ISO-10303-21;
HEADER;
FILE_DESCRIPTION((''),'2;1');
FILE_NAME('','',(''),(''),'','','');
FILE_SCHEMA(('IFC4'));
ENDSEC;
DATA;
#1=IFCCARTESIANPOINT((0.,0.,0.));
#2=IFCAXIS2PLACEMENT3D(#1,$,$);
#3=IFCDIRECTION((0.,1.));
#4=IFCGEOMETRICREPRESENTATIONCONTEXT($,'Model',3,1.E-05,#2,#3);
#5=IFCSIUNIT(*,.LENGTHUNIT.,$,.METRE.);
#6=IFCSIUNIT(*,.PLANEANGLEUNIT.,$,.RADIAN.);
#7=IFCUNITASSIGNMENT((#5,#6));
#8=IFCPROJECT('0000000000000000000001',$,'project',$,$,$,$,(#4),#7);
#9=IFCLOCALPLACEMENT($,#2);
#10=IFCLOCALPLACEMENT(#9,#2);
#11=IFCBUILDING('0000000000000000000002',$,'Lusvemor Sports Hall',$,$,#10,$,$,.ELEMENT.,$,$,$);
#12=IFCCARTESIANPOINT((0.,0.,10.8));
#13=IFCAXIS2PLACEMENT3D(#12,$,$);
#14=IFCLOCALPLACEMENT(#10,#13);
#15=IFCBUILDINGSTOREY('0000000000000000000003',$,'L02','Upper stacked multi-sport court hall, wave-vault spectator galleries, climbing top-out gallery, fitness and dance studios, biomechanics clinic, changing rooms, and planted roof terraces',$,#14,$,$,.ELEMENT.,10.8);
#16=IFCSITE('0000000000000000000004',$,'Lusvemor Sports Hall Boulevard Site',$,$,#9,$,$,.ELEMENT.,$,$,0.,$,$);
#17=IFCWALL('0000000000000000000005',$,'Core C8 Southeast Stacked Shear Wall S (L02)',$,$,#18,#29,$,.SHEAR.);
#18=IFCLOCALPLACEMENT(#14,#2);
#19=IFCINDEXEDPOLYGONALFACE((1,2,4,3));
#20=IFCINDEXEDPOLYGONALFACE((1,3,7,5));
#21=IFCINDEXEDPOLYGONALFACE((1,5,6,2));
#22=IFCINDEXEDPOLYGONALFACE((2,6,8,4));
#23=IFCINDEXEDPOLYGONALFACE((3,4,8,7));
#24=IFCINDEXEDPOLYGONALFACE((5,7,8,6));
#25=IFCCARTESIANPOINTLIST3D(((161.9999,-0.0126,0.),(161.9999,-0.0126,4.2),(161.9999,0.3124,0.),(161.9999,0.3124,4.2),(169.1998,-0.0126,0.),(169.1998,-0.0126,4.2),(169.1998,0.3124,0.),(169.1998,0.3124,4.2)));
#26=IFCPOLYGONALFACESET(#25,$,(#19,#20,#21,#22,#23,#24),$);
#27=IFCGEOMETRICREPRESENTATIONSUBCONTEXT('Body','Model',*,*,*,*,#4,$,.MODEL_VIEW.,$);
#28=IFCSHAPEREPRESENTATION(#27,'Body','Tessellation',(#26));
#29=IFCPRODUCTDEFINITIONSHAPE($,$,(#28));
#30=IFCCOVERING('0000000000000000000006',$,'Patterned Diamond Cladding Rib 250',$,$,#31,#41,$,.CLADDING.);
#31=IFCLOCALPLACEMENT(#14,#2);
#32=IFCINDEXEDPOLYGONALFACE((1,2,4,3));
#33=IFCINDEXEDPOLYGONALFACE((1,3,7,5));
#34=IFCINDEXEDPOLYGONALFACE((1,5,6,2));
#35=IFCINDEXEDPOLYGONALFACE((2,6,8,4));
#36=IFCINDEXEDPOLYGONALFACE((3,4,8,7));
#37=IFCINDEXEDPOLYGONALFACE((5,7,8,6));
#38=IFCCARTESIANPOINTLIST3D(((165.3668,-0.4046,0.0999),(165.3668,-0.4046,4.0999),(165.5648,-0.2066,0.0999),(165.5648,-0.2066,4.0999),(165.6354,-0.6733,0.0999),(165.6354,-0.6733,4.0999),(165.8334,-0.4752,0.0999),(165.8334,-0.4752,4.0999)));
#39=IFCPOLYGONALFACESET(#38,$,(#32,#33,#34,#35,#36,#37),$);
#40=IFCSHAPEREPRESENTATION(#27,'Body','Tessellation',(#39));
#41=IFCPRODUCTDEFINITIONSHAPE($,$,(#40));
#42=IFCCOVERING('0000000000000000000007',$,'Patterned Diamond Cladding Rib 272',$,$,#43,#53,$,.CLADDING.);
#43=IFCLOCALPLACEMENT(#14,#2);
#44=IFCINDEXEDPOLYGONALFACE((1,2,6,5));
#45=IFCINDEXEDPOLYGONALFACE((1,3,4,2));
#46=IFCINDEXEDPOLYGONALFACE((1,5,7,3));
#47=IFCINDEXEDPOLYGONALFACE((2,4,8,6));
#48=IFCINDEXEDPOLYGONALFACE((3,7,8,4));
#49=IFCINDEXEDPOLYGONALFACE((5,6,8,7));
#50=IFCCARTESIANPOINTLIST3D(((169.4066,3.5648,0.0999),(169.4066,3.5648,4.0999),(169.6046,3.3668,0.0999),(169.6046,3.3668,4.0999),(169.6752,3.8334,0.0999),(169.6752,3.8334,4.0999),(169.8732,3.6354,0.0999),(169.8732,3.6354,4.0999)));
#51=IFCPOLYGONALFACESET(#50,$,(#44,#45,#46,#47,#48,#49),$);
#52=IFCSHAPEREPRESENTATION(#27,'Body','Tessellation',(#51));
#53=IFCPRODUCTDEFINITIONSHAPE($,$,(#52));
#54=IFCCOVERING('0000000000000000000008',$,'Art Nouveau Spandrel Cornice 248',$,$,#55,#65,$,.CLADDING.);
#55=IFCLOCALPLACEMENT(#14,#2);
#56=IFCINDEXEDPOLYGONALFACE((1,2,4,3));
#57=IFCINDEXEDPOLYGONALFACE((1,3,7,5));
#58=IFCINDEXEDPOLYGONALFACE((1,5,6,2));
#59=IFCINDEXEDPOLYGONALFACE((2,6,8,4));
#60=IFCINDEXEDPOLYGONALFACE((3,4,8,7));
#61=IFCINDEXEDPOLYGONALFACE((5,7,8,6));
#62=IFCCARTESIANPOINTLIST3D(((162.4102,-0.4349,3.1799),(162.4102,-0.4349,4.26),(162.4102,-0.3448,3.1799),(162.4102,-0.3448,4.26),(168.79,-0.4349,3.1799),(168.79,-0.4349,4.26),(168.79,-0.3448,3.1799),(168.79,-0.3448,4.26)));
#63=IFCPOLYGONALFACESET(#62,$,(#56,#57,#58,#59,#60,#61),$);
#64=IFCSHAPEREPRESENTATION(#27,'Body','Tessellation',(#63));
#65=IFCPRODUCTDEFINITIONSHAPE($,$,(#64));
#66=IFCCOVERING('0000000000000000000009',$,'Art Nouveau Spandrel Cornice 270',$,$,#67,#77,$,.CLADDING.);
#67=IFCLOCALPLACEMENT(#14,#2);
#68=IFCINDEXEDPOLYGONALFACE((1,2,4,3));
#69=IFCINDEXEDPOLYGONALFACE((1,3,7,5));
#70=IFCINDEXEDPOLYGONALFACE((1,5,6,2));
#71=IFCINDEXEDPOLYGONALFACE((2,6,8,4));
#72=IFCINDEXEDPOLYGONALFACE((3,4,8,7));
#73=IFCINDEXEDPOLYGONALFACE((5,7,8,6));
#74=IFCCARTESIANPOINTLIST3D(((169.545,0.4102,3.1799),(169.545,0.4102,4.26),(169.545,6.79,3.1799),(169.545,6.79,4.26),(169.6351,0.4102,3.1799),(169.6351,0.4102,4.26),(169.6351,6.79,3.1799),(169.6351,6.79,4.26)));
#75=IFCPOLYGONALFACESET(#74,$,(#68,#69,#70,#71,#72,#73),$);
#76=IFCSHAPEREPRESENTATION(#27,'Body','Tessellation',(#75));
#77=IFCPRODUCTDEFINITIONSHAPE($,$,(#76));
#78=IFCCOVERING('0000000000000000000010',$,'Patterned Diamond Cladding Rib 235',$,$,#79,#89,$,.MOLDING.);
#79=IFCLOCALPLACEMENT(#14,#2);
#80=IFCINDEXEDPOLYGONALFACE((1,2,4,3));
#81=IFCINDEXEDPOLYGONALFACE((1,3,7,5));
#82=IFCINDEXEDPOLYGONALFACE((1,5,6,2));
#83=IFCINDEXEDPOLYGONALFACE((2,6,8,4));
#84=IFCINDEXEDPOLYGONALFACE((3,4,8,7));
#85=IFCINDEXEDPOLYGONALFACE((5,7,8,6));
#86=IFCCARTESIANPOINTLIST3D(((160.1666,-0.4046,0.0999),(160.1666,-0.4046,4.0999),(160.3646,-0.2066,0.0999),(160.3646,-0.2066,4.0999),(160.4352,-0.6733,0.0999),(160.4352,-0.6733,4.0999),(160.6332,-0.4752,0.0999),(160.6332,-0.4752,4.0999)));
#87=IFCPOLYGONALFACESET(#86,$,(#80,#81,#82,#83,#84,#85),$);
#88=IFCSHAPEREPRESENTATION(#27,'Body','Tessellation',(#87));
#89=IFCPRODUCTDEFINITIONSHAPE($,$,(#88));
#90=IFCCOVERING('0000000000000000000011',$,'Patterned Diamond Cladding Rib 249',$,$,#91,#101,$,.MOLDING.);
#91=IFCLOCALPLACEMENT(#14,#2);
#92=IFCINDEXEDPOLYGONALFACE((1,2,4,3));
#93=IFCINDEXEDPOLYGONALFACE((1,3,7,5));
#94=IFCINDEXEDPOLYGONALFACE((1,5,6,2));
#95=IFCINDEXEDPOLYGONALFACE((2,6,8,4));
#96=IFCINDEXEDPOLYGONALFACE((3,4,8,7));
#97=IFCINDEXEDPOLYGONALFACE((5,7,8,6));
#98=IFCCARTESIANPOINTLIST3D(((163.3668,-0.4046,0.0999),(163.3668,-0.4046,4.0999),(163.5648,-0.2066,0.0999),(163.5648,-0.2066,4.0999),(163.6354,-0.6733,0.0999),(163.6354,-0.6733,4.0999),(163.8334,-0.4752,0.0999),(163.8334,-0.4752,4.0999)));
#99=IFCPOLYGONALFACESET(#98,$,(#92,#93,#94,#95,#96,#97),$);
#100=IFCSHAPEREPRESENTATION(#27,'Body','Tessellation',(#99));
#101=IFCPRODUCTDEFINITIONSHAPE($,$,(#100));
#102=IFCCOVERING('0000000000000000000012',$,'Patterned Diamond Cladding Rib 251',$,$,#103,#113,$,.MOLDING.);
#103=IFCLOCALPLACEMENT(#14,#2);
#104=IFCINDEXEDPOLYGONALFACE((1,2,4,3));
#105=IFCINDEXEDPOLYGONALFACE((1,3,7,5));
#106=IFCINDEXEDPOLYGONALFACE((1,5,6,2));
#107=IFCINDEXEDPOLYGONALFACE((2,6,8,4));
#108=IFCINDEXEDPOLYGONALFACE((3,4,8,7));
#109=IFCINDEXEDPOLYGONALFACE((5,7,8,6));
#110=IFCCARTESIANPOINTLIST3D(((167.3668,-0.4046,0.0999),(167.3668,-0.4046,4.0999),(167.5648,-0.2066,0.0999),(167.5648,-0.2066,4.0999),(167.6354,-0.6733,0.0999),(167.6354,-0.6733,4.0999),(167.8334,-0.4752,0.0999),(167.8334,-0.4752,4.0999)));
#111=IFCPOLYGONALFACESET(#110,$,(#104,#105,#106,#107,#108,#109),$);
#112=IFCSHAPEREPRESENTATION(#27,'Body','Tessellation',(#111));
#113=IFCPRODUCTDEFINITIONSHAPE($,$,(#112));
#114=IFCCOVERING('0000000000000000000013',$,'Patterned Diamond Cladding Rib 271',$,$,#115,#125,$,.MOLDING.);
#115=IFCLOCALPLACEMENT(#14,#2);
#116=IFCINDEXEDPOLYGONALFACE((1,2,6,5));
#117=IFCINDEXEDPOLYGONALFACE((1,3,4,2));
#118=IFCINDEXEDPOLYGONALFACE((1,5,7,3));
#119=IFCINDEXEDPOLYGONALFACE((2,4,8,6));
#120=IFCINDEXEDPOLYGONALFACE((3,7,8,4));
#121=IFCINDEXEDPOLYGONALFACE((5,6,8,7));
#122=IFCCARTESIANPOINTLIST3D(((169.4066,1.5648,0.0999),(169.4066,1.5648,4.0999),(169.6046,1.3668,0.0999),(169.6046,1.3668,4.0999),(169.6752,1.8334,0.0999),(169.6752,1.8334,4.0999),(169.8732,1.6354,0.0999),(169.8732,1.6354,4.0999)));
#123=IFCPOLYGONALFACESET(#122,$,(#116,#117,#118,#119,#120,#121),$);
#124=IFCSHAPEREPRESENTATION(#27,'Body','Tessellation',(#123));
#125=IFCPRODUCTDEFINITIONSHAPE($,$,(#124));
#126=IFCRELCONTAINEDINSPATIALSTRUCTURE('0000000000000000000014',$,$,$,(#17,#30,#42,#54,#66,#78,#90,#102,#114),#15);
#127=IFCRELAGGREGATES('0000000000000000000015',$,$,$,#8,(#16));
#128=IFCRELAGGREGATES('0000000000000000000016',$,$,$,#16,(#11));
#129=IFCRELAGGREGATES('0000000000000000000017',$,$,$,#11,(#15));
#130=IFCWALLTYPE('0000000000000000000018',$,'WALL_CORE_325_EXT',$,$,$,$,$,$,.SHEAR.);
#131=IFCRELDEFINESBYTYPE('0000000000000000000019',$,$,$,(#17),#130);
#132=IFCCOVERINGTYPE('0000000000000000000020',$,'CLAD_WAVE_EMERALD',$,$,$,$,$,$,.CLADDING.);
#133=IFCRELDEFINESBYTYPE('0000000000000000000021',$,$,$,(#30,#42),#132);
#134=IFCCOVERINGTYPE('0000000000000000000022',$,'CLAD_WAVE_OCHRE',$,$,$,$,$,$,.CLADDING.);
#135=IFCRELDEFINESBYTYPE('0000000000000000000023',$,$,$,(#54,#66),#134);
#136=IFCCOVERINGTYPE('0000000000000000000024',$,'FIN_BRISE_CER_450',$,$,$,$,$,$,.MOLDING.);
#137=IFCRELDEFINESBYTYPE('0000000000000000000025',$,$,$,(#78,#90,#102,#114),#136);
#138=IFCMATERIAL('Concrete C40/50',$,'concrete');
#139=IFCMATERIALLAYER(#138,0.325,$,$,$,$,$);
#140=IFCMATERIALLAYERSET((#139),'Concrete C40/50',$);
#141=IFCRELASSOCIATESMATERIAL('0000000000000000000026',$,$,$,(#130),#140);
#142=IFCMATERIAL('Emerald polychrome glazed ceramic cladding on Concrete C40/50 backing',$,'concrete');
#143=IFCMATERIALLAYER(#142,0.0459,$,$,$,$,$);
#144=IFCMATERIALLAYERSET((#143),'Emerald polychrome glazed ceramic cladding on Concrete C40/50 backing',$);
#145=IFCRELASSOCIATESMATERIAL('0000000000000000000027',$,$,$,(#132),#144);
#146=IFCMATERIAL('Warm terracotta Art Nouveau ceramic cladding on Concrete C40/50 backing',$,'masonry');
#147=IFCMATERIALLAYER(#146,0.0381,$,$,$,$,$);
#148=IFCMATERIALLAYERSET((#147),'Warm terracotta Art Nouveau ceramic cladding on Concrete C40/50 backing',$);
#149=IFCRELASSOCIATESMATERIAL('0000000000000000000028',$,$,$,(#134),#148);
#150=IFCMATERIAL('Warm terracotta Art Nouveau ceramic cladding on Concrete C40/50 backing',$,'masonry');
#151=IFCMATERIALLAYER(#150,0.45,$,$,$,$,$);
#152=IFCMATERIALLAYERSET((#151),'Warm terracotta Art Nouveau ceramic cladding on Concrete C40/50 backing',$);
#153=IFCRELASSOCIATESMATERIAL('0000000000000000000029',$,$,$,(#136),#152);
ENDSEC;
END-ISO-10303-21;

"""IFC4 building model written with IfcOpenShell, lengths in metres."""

from ifc_helpers import new_model, si_unit, direction, frame, frame_2d, origin, origin_2d, place, context, subcontext, project, spatial, rectangle, extrude, material, layer, layer_set, type_object, element, save


model = new_model("IFC4")

# Units and contexts
model_context = context("Model", 3, precision=1e-05, world=origin(), true_north=direction((0.0, 1.0)))
body_context = subcontext(model_context, "Body", "Model", "MODEL_VIEW")
ifc_project = project(units=[si_unit("LENGTHUNIT", "METRE"), si_unit("PLANEANGLEUNIT", "RADIAN")], contexts=[model_context])

# Site, building, storey
site_placement = place(None, origin())
site = spatial("IfcSite", under=ifc_project, at=site_placement, Name="Lusvemor Sports Hall Boulevard Site", CompositionType="ELEMENT", RefElevation=0.0)
building_placement = place(site_placement, origin())
building = spatial("IfcBuilding", under=site, at=building_placement, Name="Lusvemor Sports Hall", CompositionType="ELEMENT")
storey_placement = place(building_placement, frame((0.0, 0.0, 10.8)))
storey = spatial("IfcBuildingStorey", under=building, at=storey_placement, Name="L02", Description="Upper stacked multi-sport court hall, wave-vault spectator galleries, climbing top-out gallery, fitness and dance studios, biomechanics clinic, changing rooms, and planted roof terraces", CompositionType="ELEMENT", Elevation=10.8)

# Wall
ifc_material_1 = material(Name="Concrete C40/50", Category="concrete")
ifc_layer_1 = layer(ifc_material_1, 0.325)
ifc_layer_set_1 = layer_set([ifc_layer_1], Name="Concrete C40/50")
wall_type_1 = type_object("IfcWallType", Name="WALL_CORE_325_EXT", PredefinedType="SHEAR", material=ifc_layer_set_1)
wall_1_placement = place(storey_placement, frame((169.2, 0.1499, 0.0), z_axis=(0.0, 0.0, 1.0), x_axis=(-1.0, 0.0, 0.0)))
element("IfcWall", 1, at=wall_1_placement, inside=storey, type_object=wall_type_1, Name="Core C8 Southeast Stacked Shear Wall S (L02)", PredefinedType="SHEAR", context=body_context, shape_type="SweptSolid", body=[
    extrude(rectangle(XDim=7.2, YDim=0.325, at=frame_2d((3.6001, 0.0))), origin(), (0.0, 0.0, 1.0), 4.2),
])

# Coverings
ifc_material_2 = material(Name="Emerald polychrome glazed ceramic cladding on Concrete C40/50 backing", Category="concrete")
ifc_layer_2 = layer(ifc_material_2, 0.0459)
ifc_layer_set_2 = layer_set([ifc_layer_2], Name="Emerald polychrome glazed ceramic cladding on Concrete C40/50 backing")
covering_type_1 = type_object("IfcCoveringType", Name="CLAD_WAVE_EMERALD", PredefinedType="CLADDING", material=ifc_layer_set_2)
covering_1_placement = place(storey_placement, frame((165.6001, -0.4399, 0.0999), z_axis=(0.0, 0.0, 1.0), x_axis=(0.707107, 0.707107, 0.0)))
element("IfcCovering", 2, at=covering_1_placement, inside=storey, type_object=covering_type_1, Name="Patterned Diamond Cladding Rib 250", PredefinedType="CLADDING", context=body_context, shape_type="SweptSolid", body=[
    extrude(rectangle(XDim=0.28, YDim=0.3799, at=origin_2d()), origin(), (0.0, 0.0, 1.0), 4.0),
])
covering_2_placement = place(storey_placement, frame((169.6399, 3.6001, 0.0999), z_axis=(0.0, 0.0, 1.0), x_axis=(0.707107, 0.707107, 0.0)))
element("IfcCovering", 3, at=covering_2_placement, inside=storey, type_object=covering_type_1, Name="Patterned Diamond Cladding Rib 272", PredefinedType="CLADDING", context=body_context, shape_type="SweptSolid", body=[
    extrude(rectangle(XDim=0.3799, YDim=0.28, at=origin_2d()), origin(), (0.0, 0.0, 1.0), 4.0),
])
ifc_material_3 = material(Name="Warm terracotta Art Nouveau ceramic cladding on Concrete C40/50 backing", Category="masonry")
ifc_layer_3 = layer(ifc_material_3, 0.0381)
ifc_layer_set_3 = layer_set([ifc_layer_3], Name="Warm terracotta Art Nouveau ceramic cladding on Concrete C40/50 backing")
covering_type_2 = type_object("IfcCoveringType", Name="CLAD_WAVE_OCHRE", PredefinedType="CLADDING", material=ifc_layer_set_3)
covering_3_placement = place(storey_placement, frame((165.6001, -0.3899, 3.1799), z_axis=(0.0, 0.0, 1.0), x_axis=(1.0, 0.0, 0.0)))
element("IfcCovering", 4, at=covering_3_placement, inside=storey, type_object=covering_type_2, Name="Art Nouveau Spandrel Cornice 248", PredefinedType="CLADDING", context=body_context, shape_type="SweptSolid", body=[
    extrude(rectangle(XDim=6.3799, YDim=0.0901, at=origin_2d()), origin(), (0.0, 0.0, 1.0), 1.0801),
])
covering_4_placement = place(storey_placement, frame((169.5901, 3.6001, 3.1799), z_axis=(0.0, 0.0, 1.0), x_axis=(1.0, 0.0, 0.0)))
element("IfcCovering", 5, at=covering_4_placement, inside=storey, type_object=covering_type_2, Name="Art Nouveau Spandrel Cornice 270", PredefinedType="CLADDING", context=body_context, shape_type="SweptSolid", body=[
    extrude(rectangle(XDim=0.0901, YDim=6.3799, at=origin_2d()), origin(), (0.0, 0.0, 1.0), 1.0801),
])
ifc_material_4 = material(Name="Warm terracotta Art Nouveau ceramic cladding on Concrete C40/50 backing", Category="masonry")
ifc_layer_4 = layer(ifc_material_4, 0.45)
ifc_layer_set_4 = layer_set([ifc_layer_4], Name="Warm terracotta Art Nouveau ceramic cladding on Concrete C40/50 backing")
covering_type_3 = type_object("IfcCoveringType", Name="FIN_BRISE_CER_450", PredefinedType="MOLDING", material=ifc_layer_set_4)
for number, where, z_axis, x_axis, name in (
    (6, (160.3999, -0.4399, 0.0999), (0.0, 0.0, 1.0), (0.707107, 0.707107, 0.0), "Patterned Diamond Cladding Rib 235"),
    (7, (163.6001, -0.4399, 0.0999), (0.0, 0.0, 1.0), (0.707107, 0.707107, 0.0), "Patterned Diamond Cladding Rib 249"),
    (8, (167.6001, -0.4399, 0.0999), (0.0, 0.0, 1.0), (0.707107, 0.707107, 0.0), "Patterned Diamond Cladding Rib 251"),
):
    element("IfcCovering", number, at=place(storey_placement, frame(where, z_axis=z_axis, x_axis=x_axis)), inside=storey, type_object=covering_type_3, Name=name, PredefinedType="MOLDING", context=body_context, shape_type="SweptSolid", body=[
        extrude(rectangle(XDim=0.28, YDim=0.3799, at=origin_2d()), origin(), (0.0, 0.0, 1.0), 4.0),
    ])
covering_5_placement = place(storey_placement, frame((169.6399, 1.6001, 0.0999), z_axis=(0.0, 0.0, 1.0), x_axis=(0.707107, 0.707107, 0.0)))
element("IfcCovering", 9, at=covering_5_placement, inside=storey, type_object=covering_type_3, Name="Patterned Diamond Cladding Rib 271", PredefinedType="MOLDING", context=body_context, shape_type="SweptSolid", body=[
    extrude(rectangle(XDim=0.3799, YDim=0.28, at=origin_2d()), origin(), (0.0, 0.0, 1.0), 4.0),
])

save(model, "model.ifc")
